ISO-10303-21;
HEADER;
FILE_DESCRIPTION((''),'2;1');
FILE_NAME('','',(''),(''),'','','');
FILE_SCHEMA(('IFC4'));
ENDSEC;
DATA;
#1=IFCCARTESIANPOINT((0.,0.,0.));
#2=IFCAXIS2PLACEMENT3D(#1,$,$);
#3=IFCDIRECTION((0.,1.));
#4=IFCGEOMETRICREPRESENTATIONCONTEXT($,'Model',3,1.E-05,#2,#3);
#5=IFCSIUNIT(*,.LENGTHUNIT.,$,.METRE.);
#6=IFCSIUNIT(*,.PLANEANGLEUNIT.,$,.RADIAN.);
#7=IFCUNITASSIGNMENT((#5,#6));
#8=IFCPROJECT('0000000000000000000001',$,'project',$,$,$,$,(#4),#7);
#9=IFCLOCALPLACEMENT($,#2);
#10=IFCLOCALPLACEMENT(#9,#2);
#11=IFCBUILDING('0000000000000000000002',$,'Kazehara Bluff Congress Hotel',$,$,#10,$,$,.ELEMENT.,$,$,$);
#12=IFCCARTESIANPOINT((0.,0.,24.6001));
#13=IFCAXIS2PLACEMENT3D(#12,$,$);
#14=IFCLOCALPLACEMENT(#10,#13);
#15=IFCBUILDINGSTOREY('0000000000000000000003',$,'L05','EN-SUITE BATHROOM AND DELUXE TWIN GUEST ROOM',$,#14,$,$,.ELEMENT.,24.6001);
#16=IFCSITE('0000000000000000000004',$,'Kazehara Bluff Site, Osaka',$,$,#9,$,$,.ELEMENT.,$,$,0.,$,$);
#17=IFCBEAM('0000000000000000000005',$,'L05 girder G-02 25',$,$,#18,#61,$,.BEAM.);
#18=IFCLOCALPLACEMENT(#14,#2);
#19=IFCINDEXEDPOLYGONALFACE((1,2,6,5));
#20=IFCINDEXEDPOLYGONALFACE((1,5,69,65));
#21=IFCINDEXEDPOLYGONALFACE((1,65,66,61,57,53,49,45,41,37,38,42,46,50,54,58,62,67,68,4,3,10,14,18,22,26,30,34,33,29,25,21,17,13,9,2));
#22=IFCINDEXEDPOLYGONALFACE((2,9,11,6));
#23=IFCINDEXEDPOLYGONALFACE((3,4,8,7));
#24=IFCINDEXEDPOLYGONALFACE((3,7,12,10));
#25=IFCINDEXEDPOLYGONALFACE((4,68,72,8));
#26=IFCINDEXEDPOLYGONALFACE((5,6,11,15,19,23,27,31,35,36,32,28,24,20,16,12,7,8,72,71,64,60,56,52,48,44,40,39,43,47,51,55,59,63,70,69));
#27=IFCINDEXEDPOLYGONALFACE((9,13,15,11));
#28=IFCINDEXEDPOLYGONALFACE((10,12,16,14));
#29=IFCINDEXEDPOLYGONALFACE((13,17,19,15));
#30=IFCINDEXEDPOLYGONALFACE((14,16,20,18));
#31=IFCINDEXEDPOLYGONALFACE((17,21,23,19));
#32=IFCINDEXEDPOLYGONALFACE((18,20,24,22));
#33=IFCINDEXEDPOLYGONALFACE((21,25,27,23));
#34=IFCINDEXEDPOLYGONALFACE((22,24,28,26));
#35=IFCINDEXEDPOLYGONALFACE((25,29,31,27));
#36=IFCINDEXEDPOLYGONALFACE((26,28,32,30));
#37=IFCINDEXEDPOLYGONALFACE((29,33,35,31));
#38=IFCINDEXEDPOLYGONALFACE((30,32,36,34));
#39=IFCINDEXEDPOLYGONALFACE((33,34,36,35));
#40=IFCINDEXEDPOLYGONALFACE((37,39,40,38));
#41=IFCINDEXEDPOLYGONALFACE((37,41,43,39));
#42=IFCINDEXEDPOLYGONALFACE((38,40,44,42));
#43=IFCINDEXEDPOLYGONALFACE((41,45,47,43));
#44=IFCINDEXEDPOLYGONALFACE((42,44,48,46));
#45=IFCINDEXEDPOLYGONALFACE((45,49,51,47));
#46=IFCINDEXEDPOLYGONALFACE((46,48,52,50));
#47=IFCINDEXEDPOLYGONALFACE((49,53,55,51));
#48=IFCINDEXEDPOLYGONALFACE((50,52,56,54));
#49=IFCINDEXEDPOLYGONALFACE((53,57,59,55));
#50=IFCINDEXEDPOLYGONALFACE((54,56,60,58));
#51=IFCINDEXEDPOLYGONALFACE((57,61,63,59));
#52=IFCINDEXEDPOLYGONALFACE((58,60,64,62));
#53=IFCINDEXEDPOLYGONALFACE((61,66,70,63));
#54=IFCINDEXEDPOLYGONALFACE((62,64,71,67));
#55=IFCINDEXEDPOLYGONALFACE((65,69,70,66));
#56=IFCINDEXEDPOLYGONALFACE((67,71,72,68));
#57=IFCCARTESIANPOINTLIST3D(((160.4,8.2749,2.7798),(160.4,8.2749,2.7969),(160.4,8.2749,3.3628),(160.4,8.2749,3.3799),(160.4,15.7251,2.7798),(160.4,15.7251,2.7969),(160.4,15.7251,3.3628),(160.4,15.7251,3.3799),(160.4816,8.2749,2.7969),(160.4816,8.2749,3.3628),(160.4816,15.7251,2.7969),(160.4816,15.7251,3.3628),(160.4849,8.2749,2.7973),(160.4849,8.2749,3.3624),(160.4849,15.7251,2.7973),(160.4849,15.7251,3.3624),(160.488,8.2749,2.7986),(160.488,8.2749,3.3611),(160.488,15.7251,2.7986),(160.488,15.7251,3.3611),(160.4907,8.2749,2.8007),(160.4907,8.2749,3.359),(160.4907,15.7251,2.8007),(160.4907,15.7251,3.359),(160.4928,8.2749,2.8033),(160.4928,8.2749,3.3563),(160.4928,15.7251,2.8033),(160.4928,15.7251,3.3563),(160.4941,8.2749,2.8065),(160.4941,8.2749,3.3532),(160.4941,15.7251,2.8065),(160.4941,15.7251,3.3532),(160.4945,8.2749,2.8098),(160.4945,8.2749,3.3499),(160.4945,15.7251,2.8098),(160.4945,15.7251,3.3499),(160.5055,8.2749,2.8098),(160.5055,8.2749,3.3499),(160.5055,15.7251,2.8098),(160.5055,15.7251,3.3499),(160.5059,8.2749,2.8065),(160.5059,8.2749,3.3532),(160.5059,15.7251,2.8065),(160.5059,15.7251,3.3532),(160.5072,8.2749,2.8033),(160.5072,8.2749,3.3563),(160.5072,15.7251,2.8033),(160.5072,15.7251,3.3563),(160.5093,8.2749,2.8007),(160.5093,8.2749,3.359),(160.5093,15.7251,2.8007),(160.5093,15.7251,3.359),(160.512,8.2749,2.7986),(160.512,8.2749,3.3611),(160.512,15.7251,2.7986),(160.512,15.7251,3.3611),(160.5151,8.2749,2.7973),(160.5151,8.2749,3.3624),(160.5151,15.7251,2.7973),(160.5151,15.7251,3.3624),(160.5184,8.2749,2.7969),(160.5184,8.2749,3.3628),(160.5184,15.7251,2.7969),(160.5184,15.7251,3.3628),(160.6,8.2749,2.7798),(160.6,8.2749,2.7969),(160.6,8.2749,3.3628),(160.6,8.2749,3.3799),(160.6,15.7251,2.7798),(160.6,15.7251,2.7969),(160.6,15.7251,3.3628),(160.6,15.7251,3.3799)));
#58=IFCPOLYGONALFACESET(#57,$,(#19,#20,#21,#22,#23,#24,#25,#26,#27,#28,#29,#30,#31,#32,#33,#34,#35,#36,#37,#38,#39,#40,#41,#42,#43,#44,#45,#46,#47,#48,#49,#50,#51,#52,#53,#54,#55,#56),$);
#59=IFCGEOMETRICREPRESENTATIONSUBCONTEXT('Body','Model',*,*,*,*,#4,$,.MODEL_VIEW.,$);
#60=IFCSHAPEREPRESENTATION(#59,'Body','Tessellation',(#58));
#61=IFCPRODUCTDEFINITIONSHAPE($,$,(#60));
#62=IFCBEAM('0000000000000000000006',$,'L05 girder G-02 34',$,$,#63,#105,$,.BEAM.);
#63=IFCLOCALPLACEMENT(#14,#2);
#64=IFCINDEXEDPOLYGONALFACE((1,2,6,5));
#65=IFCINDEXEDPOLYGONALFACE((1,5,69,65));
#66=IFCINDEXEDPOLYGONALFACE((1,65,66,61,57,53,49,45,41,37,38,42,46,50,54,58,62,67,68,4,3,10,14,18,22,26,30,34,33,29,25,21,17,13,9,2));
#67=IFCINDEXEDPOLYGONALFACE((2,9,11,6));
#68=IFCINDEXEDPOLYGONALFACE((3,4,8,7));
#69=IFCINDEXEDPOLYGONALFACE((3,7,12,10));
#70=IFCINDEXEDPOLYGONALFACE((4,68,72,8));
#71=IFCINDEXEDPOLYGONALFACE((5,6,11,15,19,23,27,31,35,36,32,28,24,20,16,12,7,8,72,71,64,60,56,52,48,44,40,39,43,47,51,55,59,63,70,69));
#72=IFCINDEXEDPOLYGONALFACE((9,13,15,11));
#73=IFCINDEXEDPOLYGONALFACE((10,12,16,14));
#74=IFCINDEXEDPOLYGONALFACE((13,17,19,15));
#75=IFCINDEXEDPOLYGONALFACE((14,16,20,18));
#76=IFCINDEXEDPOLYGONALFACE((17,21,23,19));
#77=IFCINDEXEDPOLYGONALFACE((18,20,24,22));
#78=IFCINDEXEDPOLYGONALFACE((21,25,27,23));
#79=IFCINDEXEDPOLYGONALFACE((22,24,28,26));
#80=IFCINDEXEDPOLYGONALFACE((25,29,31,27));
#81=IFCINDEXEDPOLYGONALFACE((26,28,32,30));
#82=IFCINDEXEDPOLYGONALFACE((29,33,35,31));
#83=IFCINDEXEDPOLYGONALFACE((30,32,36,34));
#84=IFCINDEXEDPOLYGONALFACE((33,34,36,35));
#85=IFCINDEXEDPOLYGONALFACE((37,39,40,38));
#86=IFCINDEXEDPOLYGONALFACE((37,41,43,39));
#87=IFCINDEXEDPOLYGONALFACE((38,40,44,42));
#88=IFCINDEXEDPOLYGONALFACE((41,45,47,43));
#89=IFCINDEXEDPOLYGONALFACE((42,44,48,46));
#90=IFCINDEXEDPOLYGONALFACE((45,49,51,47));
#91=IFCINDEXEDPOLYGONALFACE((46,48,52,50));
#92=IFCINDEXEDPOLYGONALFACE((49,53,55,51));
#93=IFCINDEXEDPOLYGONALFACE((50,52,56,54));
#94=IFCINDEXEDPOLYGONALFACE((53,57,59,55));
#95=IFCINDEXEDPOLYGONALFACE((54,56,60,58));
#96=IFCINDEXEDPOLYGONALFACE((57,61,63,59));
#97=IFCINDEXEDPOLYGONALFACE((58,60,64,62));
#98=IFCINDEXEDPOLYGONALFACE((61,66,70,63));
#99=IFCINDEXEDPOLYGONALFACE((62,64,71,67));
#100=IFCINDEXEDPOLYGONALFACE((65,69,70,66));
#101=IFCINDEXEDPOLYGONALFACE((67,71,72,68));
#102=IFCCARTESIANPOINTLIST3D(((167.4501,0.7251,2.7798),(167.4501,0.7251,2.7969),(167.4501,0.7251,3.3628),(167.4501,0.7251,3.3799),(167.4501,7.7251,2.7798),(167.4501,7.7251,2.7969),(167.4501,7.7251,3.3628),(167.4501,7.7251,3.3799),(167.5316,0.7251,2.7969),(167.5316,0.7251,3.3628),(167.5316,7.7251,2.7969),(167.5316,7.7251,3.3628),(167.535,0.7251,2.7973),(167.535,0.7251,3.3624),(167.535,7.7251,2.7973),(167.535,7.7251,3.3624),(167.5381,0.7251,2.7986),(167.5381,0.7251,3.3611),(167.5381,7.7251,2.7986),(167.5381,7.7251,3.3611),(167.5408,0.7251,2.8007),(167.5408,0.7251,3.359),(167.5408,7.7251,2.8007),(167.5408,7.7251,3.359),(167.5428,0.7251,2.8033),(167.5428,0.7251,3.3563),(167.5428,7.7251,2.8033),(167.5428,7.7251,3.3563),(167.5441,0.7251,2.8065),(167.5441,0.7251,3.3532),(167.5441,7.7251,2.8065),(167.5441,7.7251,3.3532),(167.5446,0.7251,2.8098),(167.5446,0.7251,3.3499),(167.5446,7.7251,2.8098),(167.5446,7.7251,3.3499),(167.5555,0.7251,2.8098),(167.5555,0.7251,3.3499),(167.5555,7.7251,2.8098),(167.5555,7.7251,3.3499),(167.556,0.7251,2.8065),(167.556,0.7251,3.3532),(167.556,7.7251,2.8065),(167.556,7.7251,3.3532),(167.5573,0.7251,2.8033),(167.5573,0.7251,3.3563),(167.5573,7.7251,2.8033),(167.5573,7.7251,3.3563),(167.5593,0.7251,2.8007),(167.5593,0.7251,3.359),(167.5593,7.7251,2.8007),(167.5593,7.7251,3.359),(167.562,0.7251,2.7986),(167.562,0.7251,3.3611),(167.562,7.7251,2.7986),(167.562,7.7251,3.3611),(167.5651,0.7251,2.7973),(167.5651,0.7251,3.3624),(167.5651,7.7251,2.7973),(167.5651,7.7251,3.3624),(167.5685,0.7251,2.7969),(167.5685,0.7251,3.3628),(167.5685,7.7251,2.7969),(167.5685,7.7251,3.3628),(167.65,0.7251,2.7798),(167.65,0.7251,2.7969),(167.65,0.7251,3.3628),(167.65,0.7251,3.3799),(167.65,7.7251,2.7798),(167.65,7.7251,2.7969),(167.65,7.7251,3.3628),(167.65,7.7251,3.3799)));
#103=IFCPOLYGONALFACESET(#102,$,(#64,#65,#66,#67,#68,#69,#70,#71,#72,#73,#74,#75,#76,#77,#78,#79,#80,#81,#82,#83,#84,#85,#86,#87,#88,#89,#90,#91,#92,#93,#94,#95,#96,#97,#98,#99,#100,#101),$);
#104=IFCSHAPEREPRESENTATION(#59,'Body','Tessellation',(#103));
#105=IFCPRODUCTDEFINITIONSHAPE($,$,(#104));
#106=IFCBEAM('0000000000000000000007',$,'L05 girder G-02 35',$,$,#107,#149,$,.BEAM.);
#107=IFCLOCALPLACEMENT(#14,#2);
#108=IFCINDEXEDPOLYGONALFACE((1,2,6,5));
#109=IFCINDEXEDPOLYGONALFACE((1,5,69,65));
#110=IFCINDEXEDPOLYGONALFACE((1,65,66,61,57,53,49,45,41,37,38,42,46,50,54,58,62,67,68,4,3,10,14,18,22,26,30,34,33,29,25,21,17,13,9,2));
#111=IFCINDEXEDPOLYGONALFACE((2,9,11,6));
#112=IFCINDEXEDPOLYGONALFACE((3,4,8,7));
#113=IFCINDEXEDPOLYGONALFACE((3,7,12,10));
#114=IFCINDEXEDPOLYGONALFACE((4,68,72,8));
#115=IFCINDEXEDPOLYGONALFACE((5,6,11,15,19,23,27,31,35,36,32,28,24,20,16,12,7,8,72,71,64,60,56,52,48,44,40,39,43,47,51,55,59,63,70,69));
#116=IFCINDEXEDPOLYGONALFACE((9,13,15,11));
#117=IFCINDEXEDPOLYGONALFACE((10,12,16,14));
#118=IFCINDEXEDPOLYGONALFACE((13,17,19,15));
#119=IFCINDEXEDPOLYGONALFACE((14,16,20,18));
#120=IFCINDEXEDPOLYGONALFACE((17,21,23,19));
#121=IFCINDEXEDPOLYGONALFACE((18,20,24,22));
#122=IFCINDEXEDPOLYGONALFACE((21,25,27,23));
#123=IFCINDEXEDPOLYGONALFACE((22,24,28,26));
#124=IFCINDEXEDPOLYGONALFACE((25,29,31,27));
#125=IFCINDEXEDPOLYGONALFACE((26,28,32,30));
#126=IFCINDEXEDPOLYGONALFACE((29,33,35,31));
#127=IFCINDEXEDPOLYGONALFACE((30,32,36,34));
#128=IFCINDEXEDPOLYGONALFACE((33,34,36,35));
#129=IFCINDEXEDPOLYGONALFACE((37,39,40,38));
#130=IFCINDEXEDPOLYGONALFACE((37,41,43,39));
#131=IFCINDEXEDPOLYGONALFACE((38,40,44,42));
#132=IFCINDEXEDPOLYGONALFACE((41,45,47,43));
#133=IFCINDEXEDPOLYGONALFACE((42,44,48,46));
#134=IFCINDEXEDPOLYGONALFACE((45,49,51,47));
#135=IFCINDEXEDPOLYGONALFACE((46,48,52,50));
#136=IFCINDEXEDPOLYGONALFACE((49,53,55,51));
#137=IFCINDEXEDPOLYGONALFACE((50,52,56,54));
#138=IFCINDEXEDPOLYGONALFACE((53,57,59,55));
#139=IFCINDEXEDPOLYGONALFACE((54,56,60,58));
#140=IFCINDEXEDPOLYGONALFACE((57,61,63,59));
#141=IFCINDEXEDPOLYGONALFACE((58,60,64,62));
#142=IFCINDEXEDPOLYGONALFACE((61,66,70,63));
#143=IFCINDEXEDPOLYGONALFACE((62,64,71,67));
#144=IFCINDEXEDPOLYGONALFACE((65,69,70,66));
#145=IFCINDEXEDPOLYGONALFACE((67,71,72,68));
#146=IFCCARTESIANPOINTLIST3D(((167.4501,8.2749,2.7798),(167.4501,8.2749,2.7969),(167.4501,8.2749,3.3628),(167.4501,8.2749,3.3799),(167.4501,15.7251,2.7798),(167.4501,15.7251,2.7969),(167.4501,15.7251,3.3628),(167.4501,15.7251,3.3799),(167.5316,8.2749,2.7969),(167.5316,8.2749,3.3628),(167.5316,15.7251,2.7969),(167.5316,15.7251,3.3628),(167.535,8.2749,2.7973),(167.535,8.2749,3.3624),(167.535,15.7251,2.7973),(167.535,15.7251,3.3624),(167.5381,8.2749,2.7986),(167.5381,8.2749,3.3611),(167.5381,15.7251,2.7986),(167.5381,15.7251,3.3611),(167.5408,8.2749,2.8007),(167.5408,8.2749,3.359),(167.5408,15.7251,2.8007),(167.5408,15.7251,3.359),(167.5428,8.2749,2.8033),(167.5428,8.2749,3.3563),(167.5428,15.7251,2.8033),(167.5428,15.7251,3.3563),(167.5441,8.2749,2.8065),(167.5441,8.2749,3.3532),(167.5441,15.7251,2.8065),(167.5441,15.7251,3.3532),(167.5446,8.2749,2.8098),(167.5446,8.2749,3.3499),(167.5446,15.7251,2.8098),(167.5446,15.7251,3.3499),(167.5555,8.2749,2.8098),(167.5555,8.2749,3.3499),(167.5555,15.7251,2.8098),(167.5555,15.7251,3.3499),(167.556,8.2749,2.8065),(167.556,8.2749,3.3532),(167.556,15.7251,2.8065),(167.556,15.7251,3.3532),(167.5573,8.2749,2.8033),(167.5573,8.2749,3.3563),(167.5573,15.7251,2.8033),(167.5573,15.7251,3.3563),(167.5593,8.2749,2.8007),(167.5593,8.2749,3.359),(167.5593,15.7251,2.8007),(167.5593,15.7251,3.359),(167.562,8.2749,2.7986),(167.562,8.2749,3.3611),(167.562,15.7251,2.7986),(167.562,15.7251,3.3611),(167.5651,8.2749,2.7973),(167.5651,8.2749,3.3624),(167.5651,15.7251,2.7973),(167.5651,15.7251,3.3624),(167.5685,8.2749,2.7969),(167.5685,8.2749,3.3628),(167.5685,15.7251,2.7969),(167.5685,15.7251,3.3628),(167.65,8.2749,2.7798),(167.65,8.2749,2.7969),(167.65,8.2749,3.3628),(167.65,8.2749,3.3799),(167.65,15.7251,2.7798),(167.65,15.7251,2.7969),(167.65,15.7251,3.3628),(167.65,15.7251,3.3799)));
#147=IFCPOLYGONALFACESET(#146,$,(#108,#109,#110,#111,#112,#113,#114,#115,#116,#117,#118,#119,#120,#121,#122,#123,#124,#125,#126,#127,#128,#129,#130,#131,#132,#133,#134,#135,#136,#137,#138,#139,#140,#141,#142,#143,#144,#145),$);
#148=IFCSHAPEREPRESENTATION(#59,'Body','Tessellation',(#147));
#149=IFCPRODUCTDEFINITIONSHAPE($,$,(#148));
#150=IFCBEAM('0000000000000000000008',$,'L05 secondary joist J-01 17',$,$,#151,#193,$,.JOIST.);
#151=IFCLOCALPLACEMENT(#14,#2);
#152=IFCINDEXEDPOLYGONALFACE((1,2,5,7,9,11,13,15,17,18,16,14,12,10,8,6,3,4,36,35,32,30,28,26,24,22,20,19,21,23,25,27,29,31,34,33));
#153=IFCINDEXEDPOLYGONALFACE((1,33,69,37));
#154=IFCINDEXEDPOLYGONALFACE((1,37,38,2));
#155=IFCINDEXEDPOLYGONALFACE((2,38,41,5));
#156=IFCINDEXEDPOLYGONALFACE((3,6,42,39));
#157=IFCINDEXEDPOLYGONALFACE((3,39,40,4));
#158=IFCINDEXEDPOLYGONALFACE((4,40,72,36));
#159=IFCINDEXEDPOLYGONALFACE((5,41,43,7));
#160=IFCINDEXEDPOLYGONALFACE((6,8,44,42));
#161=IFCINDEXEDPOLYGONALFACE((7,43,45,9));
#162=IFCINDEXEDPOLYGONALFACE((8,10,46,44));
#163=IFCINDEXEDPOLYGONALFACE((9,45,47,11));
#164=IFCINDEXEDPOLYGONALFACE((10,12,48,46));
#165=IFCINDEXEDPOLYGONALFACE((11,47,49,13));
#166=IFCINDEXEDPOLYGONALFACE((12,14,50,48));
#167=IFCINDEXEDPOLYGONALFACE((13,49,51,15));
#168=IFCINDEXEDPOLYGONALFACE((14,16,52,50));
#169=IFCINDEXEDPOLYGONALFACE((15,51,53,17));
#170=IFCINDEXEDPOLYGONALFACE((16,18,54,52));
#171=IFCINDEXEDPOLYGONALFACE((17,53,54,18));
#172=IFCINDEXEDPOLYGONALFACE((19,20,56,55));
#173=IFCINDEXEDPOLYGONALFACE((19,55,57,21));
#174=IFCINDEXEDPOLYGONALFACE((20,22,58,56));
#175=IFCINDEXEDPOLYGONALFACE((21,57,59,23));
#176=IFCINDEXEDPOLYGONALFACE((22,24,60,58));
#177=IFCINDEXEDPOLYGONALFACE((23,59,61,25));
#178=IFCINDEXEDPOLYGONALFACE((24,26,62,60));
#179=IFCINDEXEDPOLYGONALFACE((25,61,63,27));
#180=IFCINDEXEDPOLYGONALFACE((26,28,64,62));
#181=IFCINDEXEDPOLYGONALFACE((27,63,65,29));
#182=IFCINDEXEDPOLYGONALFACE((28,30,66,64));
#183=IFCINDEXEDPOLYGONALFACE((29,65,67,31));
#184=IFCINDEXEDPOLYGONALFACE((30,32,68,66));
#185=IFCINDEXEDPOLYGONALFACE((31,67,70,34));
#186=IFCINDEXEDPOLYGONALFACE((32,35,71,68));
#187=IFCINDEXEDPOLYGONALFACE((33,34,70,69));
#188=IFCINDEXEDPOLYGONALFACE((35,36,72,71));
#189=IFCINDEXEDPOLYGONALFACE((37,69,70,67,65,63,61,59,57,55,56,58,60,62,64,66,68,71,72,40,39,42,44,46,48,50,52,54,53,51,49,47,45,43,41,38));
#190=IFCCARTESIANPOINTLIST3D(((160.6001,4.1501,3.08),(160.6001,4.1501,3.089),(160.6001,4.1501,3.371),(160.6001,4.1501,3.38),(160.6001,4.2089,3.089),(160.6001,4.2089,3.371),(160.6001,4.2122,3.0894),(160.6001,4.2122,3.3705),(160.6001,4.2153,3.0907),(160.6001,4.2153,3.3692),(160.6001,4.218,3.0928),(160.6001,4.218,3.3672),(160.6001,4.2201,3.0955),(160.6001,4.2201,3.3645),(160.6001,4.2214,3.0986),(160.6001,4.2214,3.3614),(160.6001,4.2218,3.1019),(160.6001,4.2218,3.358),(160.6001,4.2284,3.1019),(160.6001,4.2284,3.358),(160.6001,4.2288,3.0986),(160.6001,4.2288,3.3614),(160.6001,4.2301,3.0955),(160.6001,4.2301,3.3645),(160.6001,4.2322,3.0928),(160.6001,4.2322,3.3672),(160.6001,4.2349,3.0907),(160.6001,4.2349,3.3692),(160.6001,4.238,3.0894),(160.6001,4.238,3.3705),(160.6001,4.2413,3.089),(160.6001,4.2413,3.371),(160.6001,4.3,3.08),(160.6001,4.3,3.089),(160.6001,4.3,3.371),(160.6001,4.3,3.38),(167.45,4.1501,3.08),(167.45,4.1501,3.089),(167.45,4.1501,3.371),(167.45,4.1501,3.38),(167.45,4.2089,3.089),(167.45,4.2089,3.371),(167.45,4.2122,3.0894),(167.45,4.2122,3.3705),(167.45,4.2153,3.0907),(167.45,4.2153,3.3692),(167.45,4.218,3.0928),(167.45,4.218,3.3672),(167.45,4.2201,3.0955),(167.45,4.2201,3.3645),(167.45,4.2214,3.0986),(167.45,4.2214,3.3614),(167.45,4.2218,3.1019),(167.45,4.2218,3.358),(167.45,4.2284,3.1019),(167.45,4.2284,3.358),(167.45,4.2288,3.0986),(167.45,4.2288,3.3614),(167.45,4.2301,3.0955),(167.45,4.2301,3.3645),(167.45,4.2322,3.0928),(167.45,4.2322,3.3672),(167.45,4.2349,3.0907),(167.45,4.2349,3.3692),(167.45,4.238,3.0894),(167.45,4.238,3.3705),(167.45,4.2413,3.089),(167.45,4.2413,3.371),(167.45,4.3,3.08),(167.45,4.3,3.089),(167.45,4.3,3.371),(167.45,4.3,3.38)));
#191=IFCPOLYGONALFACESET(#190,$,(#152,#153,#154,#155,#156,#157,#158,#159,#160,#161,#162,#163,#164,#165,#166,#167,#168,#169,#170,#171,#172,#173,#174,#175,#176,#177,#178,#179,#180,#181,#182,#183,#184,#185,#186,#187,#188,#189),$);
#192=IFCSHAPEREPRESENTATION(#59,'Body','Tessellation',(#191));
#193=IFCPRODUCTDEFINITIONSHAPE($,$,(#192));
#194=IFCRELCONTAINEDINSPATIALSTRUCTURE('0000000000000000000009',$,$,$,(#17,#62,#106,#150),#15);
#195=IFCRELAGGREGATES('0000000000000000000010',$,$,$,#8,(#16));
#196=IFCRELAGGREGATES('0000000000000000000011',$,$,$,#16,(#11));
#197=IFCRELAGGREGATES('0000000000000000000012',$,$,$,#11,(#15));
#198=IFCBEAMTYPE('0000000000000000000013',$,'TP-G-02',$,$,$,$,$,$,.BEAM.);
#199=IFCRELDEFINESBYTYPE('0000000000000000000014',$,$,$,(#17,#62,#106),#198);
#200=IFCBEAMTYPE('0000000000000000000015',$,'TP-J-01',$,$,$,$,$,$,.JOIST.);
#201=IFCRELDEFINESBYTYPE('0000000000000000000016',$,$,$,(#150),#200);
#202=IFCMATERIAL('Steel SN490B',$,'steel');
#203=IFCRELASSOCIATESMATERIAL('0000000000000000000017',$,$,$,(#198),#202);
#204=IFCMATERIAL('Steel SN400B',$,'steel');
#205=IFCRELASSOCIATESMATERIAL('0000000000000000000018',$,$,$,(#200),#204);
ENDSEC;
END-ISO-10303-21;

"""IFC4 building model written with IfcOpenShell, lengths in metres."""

from ifc_helpers import new_model, si_unit, direction, frame, origin, origin_2d, place, context, subcontext, project, spatial, i_section, extrude, material, material_profile, profile_set, type_object, element, save


model = new_model("IFC4")

# Units and contexts
model_context = context("Model", 3, precision=1e-05, world=origin(), true_north=direction((0.0, 1.0)))
body_context = subcontext(model_context, "Body", "Model", "MODEL_VIEW")
ifc_project = project(units=[si_unit("LENGTHUNIT", "METRE"), si_unit("PLANEANGLEUNIT", "RADIAN")], contexts=[model_context])

# Site, building, storey
site_placement = place(None, origin())
site = spatial("IfcSite", under=ifc_project, at=site_placement, Name="Kazehara Bluff Site, Osaka", CompositionType="ELEMENT", RefElevation=0.0)
building_placement = place(site_placement, origin())
building = spatial("IfcBuilding", under=site, at=building_placement, Name="Kazehara Bluff Congress Hotel", CompositionType="ELEMENT")
storey_placement = place(building_placement, frame((0.0, 0.0, 24.6001)))
storey = spatial("IfcBuildingStorey", under=building, at=storey_placement, Name="L05", Description="EN-SUITE BATHROOM AND DELUXE TWIN GUEST ROOM", CompositionType="ELEMENT", Elevation=24.6001)

# Beams
ifc_material_1 = material(Name="Steel SN490B", Category="steel")
ifc_material_profile_1 = material_profile(ifc_material_1, i_section(OverallWidth=0.2, OverallDepth=0.6001, WebThickness=0.011, FlangeThickness=0.0171, FilletRadius=0.0129, at=origin_2d()))
ifc_profile_set_1 = profile_set([ifc_material_profile_1], Name="Steel SN490B")
beam_type_1 = type_object("IfcBeamType", Name="TP-G-02", PredefinedType="BEAM", material=ifc_profile_set_1)
beam_1_placement = place(storey_placement, frame((160.5, 8.2749, 3.0798), z_axis=(0.0, 1.0, 0.0), x_axis=(-1.0, 0.0, 0.0)))
element("IfcBeam", 1, at=beam_1_placement, inside=storey, type_object=beam_type_1, Name="L05 girder G-02 25", PredefinedType="BEAM", context=body_context, shape_type="SweptSolid", body=[
    extrude(i_section(OverallWidth=0.2, OverallDepth=0.6001, WebThickness=0.011, FlangeThickness=0.0171, FilletRadius=0.0129, at=origin_2d()), origin(), (0.0, 0.0, 1.0), 7.4502),
])
beam_2_placement = place(storey_placement, frame((167.55, 0.7251, 3.0798), z_axis=(0.0, 1.0, 0.0), x_axis=(-1.0, 0.0, 0.0)))
element("IfcBeam", 2, at=beam_2_placement, inside=storey, type_object=beam_type_1, Name="L05 girder G-02 34", PredefinedType="BEAM", context=body_context, shape_type="SweptSolid", body=[
    extrude(i_section(OverallWidth=0.2, OverallDepth=0.6001, WebThickness=0.011, FlangeThickness=0.0171, FilletRadius=0.0129, at=origin_2d()), origin(), (0.0, 0.0, 1.0), 7.0),
])
beam_3_placement = place(storey_placement, frame((167.55, 8.2749, 3.0798), z_axis=(0.0, 1.0, 0.0), x_axis=(-1.0, 0.0, 0.0)))
element("IfcBeam", 3, at=beam_3_placement, inside=storey, type_object=beam_type_1, Name="L05 girder G-02 35", PredefinedType="BEAM", context=body_context, shape_type="SweptSolid", body=[
    extrude(i_section(OverallWidth=0.2, OverallDepth=0.6001, WebThickness=0.011, FlangeThickness=0.0171, FilletRadius=0.0129, at=origin_2d()), origin(), (0.0, 0.0, 1.0), 7.4502),
])
ifc_material_2 = material(Name="Steel SN400B", Category="steel")
ifc_material_profile_2 = material_profile(ifc_material_2, i_section(OverallWidth=0.1499, OverallDepth=0.3, WebThickness=0.0066, FlangeThickness=0.009, FilletRadius=0.0129, at=origin_2d()))
ifc_profile_set_2 = profile_set([ifc_material_profile_2], Name="Steel SN400B")
beam_type_2 = type_object("IfcBeamType", Name="TP-J-01", PredefinedType="JOIST", material=ifc_profile_set_2)
beam_4_placement = place(storey_placement, frame((160.6001, 4.2251, 3.23), z_axis=(1.0, 0.0, 0.0), x_axis=(0.0, 1.0, 0.0)))
element("IfcBeam", 4, at=beam_4_placement, inside=storey, type_object=beam_type_2, Name="L05 secondary joist J-01 17", PredefinedType="JOIST", context=body_context, shape_type="SweptSolid", body=[
    extrude(i_section(OverallWidth=0.1499, OverallDepth=0.3, WebThickness=0.0066, FlangeThickness=0.009, FilletRadius=0.0129, at=origin_2d()), origin(), (0.0, 0.0, 1.0), 6.8499),
])

save(model, "model.ifc")
